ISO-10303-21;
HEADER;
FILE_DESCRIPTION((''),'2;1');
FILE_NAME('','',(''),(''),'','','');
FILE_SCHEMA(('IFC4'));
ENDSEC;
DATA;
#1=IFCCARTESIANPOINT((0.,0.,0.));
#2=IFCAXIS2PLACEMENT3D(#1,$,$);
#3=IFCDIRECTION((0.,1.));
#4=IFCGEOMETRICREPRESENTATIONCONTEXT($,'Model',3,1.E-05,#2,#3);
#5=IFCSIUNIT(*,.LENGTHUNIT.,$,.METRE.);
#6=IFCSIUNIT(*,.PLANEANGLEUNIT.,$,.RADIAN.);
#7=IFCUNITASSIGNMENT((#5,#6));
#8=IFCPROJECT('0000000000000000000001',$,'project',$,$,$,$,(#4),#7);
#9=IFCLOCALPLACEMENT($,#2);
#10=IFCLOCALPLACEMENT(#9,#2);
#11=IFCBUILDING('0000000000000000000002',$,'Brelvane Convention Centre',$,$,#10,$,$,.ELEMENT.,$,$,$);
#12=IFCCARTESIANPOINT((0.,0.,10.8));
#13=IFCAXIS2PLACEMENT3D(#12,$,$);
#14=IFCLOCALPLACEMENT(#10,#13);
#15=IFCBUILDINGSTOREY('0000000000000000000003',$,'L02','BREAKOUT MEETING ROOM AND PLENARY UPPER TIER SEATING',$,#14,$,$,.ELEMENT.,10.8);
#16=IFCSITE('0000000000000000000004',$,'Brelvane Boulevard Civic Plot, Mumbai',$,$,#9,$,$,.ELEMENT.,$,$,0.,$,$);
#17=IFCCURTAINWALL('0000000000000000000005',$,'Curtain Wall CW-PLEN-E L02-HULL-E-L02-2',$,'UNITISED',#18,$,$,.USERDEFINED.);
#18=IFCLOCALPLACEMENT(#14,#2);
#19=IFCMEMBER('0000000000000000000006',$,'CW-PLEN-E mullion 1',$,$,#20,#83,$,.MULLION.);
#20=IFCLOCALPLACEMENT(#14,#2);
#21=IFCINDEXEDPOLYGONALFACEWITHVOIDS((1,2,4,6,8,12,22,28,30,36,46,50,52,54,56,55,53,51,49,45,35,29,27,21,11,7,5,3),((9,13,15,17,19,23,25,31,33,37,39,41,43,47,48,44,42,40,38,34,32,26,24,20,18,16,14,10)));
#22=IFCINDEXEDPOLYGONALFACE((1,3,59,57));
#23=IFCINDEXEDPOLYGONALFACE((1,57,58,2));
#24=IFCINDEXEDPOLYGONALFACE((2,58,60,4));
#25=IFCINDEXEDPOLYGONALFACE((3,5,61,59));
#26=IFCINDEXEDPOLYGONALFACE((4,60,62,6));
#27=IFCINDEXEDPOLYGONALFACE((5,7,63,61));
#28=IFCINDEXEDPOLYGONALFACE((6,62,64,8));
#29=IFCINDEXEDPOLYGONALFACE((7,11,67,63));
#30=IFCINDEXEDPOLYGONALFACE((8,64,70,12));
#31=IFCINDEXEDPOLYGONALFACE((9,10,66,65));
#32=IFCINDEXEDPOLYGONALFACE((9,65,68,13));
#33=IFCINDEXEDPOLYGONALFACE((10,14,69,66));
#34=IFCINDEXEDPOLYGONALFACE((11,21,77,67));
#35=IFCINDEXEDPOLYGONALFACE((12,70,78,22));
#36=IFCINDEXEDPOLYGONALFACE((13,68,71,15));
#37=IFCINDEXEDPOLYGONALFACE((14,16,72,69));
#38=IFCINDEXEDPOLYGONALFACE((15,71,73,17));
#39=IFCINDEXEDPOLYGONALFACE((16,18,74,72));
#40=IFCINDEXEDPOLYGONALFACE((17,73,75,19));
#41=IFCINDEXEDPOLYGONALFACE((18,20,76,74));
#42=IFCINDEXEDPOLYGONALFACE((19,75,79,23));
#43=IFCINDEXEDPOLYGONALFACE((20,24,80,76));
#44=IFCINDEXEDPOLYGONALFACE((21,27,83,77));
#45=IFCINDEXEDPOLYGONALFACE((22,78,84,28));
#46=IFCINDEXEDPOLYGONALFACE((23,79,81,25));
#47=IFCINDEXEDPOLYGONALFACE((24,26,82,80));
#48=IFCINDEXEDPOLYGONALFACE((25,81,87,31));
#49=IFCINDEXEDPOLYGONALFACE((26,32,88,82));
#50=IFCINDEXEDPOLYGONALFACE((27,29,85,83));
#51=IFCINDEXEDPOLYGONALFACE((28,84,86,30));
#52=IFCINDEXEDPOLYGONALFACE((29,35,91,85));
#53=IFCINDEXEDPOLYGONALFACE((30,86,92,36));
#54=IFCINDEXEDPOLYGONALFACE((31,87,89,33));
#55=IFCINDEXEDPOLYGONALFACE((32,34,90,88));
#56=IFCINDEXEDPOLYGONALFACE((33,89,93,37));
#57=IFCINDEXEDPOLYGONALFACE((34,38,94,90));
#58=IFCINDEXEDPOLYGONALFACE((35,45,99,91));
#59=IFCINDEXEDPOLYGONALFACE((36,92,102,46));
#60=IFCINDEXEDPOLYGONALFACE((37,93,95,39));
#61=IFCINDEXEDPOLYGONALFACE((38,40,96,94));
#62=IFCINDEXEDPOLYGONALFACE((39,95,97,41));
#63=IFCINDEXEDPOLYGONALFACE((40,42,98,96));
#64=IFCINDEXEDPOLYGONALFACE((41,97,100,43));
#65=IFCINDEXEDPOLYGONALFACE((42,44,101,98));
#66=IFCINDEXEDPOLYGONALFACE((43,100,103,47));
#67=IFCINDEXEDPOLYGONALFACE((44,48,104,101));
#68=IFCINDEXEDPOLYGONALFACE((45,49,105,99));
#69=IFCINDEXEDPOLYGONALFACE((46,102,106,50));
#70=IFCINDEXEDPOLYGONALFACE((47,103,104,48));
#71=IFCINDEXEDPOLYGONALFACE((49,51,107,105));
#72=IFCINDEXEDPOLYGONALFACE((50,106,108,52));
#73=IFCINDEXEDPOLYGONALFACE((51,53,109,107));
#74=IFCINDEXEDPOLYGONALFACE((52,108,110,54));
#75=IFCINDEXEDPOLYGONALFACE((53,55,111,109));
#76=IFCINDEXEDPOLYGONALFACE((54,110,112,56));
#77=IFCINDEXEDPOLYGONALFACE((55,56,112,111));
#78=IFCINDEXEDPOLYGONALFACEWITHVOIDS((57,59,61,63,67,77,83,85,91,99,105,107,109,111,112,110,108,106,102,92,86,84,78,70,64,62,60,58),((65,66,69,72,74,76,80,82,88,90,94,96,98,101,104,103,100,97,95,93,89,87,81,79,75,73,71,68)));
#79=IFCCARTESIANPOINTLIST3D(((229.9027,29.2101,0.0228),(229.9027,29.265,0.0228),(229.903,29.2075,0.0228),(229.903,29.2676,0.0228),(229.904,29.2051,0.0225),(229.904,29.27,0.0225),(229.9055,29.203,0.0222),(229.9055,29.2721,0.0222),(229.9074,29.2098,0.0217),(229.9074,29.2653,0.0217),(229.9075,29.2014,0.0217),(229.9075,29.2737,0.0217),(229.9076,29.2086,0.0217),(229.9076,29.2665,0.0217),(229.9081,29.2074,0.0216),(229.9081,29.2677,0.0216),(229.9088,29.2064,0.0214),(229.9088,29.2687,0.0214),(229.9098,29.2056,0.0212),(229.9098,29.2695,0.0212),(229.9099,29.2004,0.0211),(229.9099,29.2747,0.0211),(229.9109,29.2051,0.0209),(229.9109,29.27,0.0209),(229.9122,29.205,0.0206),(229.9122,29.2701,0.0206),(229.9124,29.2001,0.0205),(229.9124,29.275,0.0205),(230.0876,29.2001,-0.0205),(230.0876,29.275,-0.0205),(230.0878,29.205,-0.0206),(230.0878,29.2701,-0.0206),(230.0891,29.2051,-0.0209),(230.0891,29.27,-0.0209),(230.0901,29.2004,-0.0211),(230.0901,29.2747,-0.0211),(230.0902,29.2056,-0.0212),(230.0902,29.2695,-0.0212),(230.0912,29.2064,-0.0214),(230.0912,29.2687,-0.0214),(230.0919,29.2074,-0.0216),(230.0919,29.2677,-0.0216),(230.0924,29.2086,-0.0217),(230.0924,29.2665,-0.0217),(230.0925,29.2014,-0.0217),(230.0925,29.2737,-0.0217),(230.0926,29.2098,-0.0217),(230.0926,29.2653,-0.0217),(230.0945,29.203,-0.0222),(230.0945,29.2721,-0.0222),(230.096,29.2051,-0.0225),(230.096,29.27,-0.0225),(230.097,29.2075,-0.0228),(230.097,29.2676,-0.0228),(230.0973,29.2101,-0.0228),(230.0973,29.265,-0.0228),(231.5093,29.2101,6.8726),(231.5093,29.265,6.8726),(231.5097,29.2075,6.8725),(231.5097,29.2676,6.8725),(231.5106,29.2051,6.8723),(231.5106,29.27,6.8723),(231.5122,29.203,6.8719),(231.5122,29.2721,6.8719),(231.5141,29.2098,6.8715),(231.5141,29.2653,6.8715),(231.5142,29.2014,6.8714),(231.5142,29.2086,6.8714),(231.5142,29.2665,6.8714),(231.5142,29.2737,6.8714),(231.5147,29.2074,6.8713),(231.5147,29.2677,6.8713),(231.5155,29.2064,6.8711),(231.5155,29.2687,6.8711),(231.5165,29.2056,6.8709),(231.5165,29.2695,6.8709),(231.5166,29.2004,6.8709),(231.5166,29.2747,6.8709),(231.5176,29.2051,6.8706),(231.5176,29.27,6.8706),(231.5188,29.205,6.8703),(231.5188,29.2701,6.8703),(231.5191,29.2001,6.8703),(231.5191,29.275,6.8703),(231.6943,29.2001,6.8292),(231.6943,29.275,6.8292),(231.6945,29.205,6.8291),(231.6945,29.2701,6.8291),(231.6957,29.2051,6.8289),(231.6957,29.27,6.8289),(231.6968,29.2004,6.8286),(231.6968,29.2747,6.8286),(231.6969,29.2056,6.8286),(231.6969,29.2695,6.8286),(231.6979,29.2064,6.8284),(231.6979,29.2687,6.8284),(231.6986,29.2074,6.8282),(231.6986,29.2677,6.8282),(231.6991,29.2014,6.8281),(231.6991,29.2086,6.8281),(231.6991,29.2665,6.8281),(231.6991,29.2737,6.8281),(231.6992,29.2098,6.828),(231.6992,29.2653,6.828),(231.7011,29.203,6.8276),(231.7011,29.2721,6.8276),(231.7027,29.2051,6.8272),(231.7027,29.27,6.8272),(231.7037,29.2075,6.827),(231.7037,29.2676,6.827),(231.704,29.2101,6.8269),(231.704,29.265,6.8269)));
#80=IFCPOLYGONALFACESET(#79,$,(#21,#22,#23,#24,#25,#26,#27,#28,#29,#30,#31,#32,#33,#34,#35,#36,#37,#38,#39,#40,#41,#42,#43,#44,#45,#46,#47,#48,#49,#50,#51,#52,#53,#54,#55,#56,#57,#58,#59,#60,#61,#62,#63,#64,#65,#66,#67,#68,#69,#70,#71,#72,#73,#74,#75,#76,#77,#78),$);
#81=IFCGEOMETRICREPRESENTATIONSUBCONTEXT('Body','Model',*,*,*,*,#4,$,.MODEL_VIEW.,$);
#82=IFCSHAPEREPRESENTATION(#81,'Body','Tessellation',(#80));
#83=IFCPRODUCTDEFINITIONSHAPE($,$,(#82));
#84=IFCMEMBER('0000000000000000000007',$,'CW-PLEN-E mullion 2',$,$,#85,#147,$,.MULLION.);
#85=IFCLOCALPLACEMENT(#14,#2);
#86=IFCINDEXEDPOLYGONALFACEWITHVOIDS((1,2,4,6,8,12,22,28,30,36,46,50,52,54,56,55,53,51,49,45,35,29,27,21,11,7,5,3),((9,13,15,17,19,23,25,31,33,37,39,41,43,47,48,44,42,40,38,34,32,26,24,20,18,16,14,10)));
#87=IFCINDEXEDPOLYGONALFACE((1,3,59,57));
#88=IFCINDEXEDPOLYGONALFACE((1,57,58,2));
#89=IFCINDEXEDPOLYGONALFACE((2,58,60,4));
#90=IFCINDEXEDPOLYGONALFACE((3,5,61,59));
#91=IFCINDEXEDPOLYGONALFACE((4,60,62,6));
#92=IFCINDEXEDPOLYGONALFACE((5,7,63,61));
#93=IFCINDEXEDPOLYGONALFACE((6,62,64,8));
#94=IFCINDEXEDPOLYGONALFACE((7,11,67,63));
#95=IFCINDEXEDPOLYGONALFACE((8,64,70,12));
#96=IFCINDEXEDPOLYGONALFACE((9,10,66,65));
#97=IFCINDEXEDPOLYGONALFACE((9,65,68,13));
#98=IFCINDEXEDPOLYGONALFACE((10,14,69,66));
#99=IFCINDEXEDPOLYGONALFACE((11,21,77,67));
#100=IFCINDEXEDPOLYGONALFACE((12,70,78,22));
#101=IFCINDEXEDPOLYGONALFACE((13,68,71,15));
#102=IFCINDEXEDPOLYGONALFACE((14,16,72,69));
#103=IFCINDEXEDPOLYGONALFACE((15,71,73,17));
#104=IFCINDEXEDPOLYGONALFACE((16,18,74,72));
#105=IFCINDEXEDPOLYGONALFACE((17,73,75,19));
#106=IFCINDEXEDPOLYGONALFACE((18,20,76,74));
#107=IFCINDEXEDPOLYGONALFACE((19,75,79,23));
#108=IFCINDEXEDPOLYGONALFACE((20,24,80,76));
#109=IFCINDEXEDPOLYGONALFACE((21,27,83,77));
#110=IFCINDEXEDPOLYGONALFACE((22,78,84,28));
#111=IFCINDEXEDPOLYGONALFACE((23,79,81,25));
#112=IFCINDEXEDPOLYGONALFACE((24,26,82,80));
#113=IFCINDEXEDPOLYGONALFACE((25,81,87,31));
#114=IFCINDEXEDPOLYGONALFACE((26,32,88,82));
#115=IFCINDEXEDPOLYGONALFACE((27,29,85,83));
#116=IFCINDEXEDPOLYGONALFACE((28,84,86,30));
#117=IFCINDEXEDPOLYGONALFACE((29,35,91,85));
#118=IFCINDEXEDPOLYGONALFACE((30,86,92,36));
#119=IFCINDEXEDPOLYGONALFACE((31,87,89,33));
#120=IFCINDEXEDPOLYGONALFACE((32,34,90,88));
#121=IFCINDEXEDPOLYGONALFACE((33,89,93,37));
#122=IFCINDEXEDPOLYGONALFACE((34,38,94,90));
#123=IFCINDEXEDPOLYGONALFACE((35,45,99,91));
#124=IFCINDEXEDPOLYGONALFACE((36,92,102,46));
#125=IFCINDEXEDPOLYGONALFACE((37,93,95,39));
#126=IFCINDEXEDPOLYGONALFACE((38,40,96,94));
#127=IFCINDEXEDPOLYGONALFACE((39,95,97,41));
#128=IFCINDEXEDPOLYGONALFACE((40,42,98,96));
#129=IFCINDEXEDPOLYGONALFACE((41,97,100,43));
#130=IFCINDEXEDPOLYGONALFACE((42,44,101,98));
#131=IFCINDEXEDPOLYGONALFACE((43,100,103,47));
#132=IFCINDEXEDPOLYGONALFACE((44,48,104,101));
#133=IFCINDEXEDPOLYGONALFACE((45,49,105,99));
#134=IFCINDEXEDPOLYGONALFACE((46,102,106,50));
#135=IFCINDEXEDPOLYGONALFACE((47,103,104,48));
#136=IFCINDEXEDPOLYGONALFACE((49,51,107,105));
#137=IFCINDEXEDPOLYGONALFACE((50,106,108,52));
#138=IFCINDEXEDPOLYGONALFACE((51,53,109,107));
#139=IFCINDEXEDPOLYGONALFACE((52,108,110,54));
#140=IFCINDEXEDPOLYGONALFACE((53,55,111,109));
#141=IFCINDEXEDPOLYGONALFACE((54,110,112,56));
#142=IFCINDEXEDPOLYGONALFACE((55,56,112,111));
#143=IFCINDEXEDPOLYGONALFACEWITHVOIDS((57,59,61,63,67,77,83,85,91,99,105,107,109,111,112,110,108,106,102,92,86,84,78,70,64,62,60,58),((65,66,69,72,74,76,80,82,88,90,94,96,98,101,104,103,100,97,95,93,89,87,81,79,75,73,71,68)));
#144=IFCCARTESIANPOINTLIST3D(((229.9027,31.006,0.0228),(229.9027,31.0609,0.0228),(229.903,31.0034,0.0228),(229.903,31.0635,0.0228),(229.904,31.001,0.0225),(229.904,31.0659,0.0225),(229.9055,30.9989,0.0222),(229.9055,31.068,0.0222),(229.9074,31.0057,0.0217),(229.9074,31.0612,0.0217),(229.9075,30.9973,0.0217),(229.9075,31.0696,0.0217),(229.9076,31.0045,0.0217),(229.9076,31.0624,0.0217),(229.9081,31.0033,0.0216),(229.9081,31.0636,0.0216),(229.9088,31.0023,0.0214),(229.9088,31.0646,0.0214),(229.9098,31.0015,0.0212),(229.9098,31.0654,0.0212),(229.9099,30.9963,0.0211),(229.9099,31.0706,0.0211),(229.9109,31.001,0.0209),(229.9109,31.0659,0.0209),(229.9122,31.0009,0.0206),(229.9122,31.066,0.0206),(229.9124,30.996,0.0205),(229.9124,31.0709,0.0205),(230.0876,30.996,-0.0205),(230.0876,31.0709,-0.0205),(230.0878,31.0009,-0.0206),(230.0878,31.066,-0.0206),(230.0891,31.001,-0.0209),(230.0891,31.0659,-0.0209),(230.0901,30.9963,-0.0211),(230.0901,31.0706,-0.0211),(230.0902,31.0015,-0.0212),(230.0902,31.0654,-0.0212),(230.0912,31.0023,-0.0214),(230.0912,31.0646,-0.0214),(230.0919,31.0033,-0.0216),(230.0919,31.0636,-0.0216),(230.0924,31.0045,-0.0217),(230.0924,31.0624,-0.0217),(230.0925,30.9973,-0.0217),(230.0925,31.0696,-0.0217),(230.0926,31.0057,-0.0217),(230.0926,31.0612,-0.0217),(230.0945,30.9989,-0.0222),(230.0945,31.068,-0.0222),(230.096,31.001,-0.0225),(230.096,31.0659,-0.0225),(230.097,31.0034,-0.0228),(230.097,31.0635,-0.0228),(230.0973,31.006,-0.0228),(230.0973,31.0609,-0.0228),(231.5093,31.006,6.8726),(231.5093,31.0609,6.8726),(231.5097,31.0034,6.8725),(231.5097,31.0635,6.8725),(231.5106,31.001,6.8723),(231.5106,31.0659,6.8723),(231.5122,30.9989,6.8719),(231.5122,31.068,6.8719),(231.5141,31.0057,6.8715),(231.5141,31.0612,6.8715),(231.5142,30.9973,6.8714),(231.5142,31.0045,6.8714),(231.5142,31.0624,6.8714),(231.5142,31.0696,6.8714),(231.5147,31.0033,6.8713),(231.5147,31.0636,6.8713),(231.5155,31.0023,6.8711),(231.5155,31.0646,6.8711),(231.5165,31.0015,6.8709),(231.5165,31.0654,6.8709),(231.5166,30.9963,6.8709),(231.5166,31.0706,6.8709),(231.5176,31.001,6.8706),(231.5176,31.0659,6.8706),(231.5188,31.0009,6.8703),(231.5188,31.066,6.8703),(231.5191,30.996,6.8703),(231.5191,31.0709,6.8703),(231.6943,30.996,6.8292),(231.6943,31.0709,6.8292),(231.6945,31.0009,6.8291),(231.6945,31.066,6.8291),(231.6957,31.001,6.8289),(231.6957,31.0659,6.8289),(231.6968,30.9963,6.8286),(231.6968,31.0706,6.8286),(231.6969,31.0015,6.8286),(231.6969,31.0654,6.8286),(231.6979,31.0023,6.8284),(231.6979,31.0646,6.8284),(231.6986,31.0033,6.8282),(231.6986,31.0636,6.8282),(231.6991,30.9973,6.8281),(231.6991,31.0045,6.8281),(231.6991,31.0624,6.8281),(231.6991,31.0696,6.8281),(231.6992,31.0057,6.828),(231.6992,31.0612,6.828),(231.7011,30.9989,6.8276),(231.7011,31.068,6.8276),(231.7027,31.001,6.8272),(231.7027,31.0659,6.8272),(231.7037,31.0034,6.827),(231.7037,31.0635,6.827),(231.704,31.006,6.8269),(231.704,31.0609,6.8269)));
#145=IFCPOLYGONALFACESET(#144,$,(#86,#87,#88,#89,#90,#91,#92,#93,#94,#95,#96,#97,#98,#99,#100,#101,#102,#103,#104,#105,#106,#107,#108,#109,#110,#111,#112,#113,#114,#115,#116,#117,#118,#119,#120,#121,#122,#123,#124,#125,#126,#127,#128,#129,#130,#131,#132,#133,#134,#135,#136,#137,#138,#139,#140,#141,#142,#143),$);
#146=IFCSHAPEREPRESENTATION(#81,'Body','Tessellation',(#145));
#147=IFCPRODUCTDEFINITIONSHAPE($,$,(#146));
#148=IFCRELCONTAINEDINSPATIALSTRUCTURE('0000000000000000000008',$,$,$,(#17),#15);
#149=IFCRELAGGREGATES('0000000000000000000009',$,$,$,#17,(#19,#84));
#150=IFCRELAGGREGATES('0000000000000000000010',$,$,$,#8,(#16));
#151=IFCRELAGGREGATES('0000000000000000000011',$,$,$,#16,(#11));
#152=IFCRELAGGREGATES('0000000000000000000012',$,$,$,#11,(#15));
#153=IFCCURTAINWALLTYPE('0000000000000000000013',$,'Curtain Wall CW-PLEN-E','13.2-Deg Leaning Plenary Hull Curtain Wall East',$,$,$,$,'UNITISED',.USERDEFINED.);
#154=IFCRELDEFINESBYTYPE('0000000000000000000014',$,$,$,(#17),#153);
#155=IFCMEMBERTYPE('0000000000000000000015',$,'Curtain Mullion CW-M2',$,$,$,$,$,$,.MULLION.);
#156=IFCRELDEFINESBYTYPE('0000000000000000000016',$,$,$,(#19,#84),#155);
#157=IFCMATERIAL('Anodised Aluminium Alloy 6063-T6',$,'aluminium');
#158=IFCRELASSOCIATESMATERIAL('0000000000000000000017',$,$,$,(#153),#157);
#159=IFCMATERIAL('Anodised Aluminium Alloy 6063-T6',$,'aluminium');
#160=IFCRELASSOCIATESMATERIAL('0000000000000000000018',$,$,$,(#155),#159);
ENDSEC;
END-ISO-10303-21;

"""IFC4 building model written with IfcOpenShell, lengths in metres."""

from ifc_helpers import new_model, si_unit, direction, frame, origin, origin_2d, place, context, subcontext, project, spatial, hollow_rectangle, extrude, material, material_profile, profile_set, type_object, element, aggregate, save


model = new_model("IFC4")

# Units and contexts
model_context = context("Model", 3, precision=1e-05, world=origin(), true_north=direction((0.0, 1.0)))
body_context = subcontext(model_context, "Body", "Model", "MODEL_VIEW")
ifc_project = project(units=[si_unit("LENGTHUNIT", "METRE"), si_unit("PLANEANGLEUNIT", "RADIAN")], contexts=[model_context])

# Site, building, storey
site_placement = place(None, origin())
site = spatial("IfcSite", under=ifc_project, at=site_placement, Name="Brelvane Boulevard Civic Plot, Mumbai", CompositionType="ELEMENT", RefElevation=0.0)
building_placement = place(site_placement, origin())
building = spatial("IfcBuilding", under=site, at=building_placement, Name="Brelvane Convention Centre", CompositionType="ELEMENT")
storey_placement = place(building_placement, frame((0.0, 0.0, 10.8)))
storey = spatial("IfcBuildingStorey", under=building, at=storey_placement, Name="L02", Description="BREAKOUT MEETING ROOM AND PLENARY UPPER TIER SEATING", CompositionType="ELEMENT", Elevation=10.8)

# Curtain wall, members
ifc_material_1 = material(Name="Anodised Aluminium Alloy 6063-T6", Category="aluminium")
curtain_wall_type = type_object("IfcCurtainWallType", Name="Curtain Wall CW-PLEN-E", Description="13.2-Deg Leaning Plenary Hull Curtain Wall East", ElementType="UNITISED", PredefinedType="USERDEFINED", material=ifc_material_1)
curtain_wall_1_placement = place(storey_placement, origin())
curtain_wall_1 = element("IfcCurtainWall", 1, at=curtain_wall_1_placement, inside=storey, type_object=curtain_wall_type, Name="Curtain Wall CW-PLEN-E L02-HULL-E-L02-2", ObjectType="UNITISED", PredefinedType="USERDEFINED")
ifc_material_2 = material(Name="Anodised Aluminium Alloy 6063-T6", Category="aluminium")
ifc_material_profile_1 = material_profile(ifc_material_2, hollow_rectangle(XDim=0.075, YDim=0.2, WallThickness=0.0049, InnerFilletRadius=0.0049, OuterFilletRadius=0.01, at=origin_2d()), Name="ALU-M 200x75x5.0")
ifc_profile_set_1 = profile_set([ifc_material_profile_1], Name="Anodised Aluminium Alloy 6063-T6")
member_type_1 = type_object("IfcMemberType", Name="Curtain Mullion CW-M2", PredefinedType="MULLION", material=ifc_profile_set_1)
member_1_placement = place(storey_placement, frame((230.0, 29.2375, 0.0), z_axis=(0.22836, 0.0, 0.973577), x_axis=(0.0, 1.0, 0.0)))
member_1 = element("IfcMember", 2, at=member_1_placement, type_object=member_type_1, Name="CW-PLEN-E mullion 1", PredefinedType="MULLION", context=body_context, shape_type="SweptSolid", body=[
    extrude(hollow_rectangle(XDim=0.075, YDim=0.2, WallThickness=0.0049, InnerFilletRadius=0.0049, OuterFilletRadius=0.01, at=origin_2d()), origin(), (0.0, 0.0, 1.0), 7.0356),
])
member_2_placement = place(storey_placement, frame((230.0, 31.0334, 0.0), z_axis=(0.22836, 0.0, 0.973577), x_axis=(0.0, 1.0, 0.0)))
member_2 = element("IfcMember", 3, at=member_2_placement, type_object=member_type_1, Name="CW-PLEN-E mullion 2", PredefinedType="MULLION", context=body_context, shape_type="SweptSolid", body=[
    extrude(hollow_rectangle(XDim=0.075, YDim=0.2, WallThickness=0.0049, InnerFilletRadius=0.0049, OuterFilletRadius=0.01, at=origin_2d()), origin(), (0.0, 0.0, 1.0), 7.0356),
])

aggregate(curtain_wall_1, [member_1, member_2])

save(model, "model.ifc")
